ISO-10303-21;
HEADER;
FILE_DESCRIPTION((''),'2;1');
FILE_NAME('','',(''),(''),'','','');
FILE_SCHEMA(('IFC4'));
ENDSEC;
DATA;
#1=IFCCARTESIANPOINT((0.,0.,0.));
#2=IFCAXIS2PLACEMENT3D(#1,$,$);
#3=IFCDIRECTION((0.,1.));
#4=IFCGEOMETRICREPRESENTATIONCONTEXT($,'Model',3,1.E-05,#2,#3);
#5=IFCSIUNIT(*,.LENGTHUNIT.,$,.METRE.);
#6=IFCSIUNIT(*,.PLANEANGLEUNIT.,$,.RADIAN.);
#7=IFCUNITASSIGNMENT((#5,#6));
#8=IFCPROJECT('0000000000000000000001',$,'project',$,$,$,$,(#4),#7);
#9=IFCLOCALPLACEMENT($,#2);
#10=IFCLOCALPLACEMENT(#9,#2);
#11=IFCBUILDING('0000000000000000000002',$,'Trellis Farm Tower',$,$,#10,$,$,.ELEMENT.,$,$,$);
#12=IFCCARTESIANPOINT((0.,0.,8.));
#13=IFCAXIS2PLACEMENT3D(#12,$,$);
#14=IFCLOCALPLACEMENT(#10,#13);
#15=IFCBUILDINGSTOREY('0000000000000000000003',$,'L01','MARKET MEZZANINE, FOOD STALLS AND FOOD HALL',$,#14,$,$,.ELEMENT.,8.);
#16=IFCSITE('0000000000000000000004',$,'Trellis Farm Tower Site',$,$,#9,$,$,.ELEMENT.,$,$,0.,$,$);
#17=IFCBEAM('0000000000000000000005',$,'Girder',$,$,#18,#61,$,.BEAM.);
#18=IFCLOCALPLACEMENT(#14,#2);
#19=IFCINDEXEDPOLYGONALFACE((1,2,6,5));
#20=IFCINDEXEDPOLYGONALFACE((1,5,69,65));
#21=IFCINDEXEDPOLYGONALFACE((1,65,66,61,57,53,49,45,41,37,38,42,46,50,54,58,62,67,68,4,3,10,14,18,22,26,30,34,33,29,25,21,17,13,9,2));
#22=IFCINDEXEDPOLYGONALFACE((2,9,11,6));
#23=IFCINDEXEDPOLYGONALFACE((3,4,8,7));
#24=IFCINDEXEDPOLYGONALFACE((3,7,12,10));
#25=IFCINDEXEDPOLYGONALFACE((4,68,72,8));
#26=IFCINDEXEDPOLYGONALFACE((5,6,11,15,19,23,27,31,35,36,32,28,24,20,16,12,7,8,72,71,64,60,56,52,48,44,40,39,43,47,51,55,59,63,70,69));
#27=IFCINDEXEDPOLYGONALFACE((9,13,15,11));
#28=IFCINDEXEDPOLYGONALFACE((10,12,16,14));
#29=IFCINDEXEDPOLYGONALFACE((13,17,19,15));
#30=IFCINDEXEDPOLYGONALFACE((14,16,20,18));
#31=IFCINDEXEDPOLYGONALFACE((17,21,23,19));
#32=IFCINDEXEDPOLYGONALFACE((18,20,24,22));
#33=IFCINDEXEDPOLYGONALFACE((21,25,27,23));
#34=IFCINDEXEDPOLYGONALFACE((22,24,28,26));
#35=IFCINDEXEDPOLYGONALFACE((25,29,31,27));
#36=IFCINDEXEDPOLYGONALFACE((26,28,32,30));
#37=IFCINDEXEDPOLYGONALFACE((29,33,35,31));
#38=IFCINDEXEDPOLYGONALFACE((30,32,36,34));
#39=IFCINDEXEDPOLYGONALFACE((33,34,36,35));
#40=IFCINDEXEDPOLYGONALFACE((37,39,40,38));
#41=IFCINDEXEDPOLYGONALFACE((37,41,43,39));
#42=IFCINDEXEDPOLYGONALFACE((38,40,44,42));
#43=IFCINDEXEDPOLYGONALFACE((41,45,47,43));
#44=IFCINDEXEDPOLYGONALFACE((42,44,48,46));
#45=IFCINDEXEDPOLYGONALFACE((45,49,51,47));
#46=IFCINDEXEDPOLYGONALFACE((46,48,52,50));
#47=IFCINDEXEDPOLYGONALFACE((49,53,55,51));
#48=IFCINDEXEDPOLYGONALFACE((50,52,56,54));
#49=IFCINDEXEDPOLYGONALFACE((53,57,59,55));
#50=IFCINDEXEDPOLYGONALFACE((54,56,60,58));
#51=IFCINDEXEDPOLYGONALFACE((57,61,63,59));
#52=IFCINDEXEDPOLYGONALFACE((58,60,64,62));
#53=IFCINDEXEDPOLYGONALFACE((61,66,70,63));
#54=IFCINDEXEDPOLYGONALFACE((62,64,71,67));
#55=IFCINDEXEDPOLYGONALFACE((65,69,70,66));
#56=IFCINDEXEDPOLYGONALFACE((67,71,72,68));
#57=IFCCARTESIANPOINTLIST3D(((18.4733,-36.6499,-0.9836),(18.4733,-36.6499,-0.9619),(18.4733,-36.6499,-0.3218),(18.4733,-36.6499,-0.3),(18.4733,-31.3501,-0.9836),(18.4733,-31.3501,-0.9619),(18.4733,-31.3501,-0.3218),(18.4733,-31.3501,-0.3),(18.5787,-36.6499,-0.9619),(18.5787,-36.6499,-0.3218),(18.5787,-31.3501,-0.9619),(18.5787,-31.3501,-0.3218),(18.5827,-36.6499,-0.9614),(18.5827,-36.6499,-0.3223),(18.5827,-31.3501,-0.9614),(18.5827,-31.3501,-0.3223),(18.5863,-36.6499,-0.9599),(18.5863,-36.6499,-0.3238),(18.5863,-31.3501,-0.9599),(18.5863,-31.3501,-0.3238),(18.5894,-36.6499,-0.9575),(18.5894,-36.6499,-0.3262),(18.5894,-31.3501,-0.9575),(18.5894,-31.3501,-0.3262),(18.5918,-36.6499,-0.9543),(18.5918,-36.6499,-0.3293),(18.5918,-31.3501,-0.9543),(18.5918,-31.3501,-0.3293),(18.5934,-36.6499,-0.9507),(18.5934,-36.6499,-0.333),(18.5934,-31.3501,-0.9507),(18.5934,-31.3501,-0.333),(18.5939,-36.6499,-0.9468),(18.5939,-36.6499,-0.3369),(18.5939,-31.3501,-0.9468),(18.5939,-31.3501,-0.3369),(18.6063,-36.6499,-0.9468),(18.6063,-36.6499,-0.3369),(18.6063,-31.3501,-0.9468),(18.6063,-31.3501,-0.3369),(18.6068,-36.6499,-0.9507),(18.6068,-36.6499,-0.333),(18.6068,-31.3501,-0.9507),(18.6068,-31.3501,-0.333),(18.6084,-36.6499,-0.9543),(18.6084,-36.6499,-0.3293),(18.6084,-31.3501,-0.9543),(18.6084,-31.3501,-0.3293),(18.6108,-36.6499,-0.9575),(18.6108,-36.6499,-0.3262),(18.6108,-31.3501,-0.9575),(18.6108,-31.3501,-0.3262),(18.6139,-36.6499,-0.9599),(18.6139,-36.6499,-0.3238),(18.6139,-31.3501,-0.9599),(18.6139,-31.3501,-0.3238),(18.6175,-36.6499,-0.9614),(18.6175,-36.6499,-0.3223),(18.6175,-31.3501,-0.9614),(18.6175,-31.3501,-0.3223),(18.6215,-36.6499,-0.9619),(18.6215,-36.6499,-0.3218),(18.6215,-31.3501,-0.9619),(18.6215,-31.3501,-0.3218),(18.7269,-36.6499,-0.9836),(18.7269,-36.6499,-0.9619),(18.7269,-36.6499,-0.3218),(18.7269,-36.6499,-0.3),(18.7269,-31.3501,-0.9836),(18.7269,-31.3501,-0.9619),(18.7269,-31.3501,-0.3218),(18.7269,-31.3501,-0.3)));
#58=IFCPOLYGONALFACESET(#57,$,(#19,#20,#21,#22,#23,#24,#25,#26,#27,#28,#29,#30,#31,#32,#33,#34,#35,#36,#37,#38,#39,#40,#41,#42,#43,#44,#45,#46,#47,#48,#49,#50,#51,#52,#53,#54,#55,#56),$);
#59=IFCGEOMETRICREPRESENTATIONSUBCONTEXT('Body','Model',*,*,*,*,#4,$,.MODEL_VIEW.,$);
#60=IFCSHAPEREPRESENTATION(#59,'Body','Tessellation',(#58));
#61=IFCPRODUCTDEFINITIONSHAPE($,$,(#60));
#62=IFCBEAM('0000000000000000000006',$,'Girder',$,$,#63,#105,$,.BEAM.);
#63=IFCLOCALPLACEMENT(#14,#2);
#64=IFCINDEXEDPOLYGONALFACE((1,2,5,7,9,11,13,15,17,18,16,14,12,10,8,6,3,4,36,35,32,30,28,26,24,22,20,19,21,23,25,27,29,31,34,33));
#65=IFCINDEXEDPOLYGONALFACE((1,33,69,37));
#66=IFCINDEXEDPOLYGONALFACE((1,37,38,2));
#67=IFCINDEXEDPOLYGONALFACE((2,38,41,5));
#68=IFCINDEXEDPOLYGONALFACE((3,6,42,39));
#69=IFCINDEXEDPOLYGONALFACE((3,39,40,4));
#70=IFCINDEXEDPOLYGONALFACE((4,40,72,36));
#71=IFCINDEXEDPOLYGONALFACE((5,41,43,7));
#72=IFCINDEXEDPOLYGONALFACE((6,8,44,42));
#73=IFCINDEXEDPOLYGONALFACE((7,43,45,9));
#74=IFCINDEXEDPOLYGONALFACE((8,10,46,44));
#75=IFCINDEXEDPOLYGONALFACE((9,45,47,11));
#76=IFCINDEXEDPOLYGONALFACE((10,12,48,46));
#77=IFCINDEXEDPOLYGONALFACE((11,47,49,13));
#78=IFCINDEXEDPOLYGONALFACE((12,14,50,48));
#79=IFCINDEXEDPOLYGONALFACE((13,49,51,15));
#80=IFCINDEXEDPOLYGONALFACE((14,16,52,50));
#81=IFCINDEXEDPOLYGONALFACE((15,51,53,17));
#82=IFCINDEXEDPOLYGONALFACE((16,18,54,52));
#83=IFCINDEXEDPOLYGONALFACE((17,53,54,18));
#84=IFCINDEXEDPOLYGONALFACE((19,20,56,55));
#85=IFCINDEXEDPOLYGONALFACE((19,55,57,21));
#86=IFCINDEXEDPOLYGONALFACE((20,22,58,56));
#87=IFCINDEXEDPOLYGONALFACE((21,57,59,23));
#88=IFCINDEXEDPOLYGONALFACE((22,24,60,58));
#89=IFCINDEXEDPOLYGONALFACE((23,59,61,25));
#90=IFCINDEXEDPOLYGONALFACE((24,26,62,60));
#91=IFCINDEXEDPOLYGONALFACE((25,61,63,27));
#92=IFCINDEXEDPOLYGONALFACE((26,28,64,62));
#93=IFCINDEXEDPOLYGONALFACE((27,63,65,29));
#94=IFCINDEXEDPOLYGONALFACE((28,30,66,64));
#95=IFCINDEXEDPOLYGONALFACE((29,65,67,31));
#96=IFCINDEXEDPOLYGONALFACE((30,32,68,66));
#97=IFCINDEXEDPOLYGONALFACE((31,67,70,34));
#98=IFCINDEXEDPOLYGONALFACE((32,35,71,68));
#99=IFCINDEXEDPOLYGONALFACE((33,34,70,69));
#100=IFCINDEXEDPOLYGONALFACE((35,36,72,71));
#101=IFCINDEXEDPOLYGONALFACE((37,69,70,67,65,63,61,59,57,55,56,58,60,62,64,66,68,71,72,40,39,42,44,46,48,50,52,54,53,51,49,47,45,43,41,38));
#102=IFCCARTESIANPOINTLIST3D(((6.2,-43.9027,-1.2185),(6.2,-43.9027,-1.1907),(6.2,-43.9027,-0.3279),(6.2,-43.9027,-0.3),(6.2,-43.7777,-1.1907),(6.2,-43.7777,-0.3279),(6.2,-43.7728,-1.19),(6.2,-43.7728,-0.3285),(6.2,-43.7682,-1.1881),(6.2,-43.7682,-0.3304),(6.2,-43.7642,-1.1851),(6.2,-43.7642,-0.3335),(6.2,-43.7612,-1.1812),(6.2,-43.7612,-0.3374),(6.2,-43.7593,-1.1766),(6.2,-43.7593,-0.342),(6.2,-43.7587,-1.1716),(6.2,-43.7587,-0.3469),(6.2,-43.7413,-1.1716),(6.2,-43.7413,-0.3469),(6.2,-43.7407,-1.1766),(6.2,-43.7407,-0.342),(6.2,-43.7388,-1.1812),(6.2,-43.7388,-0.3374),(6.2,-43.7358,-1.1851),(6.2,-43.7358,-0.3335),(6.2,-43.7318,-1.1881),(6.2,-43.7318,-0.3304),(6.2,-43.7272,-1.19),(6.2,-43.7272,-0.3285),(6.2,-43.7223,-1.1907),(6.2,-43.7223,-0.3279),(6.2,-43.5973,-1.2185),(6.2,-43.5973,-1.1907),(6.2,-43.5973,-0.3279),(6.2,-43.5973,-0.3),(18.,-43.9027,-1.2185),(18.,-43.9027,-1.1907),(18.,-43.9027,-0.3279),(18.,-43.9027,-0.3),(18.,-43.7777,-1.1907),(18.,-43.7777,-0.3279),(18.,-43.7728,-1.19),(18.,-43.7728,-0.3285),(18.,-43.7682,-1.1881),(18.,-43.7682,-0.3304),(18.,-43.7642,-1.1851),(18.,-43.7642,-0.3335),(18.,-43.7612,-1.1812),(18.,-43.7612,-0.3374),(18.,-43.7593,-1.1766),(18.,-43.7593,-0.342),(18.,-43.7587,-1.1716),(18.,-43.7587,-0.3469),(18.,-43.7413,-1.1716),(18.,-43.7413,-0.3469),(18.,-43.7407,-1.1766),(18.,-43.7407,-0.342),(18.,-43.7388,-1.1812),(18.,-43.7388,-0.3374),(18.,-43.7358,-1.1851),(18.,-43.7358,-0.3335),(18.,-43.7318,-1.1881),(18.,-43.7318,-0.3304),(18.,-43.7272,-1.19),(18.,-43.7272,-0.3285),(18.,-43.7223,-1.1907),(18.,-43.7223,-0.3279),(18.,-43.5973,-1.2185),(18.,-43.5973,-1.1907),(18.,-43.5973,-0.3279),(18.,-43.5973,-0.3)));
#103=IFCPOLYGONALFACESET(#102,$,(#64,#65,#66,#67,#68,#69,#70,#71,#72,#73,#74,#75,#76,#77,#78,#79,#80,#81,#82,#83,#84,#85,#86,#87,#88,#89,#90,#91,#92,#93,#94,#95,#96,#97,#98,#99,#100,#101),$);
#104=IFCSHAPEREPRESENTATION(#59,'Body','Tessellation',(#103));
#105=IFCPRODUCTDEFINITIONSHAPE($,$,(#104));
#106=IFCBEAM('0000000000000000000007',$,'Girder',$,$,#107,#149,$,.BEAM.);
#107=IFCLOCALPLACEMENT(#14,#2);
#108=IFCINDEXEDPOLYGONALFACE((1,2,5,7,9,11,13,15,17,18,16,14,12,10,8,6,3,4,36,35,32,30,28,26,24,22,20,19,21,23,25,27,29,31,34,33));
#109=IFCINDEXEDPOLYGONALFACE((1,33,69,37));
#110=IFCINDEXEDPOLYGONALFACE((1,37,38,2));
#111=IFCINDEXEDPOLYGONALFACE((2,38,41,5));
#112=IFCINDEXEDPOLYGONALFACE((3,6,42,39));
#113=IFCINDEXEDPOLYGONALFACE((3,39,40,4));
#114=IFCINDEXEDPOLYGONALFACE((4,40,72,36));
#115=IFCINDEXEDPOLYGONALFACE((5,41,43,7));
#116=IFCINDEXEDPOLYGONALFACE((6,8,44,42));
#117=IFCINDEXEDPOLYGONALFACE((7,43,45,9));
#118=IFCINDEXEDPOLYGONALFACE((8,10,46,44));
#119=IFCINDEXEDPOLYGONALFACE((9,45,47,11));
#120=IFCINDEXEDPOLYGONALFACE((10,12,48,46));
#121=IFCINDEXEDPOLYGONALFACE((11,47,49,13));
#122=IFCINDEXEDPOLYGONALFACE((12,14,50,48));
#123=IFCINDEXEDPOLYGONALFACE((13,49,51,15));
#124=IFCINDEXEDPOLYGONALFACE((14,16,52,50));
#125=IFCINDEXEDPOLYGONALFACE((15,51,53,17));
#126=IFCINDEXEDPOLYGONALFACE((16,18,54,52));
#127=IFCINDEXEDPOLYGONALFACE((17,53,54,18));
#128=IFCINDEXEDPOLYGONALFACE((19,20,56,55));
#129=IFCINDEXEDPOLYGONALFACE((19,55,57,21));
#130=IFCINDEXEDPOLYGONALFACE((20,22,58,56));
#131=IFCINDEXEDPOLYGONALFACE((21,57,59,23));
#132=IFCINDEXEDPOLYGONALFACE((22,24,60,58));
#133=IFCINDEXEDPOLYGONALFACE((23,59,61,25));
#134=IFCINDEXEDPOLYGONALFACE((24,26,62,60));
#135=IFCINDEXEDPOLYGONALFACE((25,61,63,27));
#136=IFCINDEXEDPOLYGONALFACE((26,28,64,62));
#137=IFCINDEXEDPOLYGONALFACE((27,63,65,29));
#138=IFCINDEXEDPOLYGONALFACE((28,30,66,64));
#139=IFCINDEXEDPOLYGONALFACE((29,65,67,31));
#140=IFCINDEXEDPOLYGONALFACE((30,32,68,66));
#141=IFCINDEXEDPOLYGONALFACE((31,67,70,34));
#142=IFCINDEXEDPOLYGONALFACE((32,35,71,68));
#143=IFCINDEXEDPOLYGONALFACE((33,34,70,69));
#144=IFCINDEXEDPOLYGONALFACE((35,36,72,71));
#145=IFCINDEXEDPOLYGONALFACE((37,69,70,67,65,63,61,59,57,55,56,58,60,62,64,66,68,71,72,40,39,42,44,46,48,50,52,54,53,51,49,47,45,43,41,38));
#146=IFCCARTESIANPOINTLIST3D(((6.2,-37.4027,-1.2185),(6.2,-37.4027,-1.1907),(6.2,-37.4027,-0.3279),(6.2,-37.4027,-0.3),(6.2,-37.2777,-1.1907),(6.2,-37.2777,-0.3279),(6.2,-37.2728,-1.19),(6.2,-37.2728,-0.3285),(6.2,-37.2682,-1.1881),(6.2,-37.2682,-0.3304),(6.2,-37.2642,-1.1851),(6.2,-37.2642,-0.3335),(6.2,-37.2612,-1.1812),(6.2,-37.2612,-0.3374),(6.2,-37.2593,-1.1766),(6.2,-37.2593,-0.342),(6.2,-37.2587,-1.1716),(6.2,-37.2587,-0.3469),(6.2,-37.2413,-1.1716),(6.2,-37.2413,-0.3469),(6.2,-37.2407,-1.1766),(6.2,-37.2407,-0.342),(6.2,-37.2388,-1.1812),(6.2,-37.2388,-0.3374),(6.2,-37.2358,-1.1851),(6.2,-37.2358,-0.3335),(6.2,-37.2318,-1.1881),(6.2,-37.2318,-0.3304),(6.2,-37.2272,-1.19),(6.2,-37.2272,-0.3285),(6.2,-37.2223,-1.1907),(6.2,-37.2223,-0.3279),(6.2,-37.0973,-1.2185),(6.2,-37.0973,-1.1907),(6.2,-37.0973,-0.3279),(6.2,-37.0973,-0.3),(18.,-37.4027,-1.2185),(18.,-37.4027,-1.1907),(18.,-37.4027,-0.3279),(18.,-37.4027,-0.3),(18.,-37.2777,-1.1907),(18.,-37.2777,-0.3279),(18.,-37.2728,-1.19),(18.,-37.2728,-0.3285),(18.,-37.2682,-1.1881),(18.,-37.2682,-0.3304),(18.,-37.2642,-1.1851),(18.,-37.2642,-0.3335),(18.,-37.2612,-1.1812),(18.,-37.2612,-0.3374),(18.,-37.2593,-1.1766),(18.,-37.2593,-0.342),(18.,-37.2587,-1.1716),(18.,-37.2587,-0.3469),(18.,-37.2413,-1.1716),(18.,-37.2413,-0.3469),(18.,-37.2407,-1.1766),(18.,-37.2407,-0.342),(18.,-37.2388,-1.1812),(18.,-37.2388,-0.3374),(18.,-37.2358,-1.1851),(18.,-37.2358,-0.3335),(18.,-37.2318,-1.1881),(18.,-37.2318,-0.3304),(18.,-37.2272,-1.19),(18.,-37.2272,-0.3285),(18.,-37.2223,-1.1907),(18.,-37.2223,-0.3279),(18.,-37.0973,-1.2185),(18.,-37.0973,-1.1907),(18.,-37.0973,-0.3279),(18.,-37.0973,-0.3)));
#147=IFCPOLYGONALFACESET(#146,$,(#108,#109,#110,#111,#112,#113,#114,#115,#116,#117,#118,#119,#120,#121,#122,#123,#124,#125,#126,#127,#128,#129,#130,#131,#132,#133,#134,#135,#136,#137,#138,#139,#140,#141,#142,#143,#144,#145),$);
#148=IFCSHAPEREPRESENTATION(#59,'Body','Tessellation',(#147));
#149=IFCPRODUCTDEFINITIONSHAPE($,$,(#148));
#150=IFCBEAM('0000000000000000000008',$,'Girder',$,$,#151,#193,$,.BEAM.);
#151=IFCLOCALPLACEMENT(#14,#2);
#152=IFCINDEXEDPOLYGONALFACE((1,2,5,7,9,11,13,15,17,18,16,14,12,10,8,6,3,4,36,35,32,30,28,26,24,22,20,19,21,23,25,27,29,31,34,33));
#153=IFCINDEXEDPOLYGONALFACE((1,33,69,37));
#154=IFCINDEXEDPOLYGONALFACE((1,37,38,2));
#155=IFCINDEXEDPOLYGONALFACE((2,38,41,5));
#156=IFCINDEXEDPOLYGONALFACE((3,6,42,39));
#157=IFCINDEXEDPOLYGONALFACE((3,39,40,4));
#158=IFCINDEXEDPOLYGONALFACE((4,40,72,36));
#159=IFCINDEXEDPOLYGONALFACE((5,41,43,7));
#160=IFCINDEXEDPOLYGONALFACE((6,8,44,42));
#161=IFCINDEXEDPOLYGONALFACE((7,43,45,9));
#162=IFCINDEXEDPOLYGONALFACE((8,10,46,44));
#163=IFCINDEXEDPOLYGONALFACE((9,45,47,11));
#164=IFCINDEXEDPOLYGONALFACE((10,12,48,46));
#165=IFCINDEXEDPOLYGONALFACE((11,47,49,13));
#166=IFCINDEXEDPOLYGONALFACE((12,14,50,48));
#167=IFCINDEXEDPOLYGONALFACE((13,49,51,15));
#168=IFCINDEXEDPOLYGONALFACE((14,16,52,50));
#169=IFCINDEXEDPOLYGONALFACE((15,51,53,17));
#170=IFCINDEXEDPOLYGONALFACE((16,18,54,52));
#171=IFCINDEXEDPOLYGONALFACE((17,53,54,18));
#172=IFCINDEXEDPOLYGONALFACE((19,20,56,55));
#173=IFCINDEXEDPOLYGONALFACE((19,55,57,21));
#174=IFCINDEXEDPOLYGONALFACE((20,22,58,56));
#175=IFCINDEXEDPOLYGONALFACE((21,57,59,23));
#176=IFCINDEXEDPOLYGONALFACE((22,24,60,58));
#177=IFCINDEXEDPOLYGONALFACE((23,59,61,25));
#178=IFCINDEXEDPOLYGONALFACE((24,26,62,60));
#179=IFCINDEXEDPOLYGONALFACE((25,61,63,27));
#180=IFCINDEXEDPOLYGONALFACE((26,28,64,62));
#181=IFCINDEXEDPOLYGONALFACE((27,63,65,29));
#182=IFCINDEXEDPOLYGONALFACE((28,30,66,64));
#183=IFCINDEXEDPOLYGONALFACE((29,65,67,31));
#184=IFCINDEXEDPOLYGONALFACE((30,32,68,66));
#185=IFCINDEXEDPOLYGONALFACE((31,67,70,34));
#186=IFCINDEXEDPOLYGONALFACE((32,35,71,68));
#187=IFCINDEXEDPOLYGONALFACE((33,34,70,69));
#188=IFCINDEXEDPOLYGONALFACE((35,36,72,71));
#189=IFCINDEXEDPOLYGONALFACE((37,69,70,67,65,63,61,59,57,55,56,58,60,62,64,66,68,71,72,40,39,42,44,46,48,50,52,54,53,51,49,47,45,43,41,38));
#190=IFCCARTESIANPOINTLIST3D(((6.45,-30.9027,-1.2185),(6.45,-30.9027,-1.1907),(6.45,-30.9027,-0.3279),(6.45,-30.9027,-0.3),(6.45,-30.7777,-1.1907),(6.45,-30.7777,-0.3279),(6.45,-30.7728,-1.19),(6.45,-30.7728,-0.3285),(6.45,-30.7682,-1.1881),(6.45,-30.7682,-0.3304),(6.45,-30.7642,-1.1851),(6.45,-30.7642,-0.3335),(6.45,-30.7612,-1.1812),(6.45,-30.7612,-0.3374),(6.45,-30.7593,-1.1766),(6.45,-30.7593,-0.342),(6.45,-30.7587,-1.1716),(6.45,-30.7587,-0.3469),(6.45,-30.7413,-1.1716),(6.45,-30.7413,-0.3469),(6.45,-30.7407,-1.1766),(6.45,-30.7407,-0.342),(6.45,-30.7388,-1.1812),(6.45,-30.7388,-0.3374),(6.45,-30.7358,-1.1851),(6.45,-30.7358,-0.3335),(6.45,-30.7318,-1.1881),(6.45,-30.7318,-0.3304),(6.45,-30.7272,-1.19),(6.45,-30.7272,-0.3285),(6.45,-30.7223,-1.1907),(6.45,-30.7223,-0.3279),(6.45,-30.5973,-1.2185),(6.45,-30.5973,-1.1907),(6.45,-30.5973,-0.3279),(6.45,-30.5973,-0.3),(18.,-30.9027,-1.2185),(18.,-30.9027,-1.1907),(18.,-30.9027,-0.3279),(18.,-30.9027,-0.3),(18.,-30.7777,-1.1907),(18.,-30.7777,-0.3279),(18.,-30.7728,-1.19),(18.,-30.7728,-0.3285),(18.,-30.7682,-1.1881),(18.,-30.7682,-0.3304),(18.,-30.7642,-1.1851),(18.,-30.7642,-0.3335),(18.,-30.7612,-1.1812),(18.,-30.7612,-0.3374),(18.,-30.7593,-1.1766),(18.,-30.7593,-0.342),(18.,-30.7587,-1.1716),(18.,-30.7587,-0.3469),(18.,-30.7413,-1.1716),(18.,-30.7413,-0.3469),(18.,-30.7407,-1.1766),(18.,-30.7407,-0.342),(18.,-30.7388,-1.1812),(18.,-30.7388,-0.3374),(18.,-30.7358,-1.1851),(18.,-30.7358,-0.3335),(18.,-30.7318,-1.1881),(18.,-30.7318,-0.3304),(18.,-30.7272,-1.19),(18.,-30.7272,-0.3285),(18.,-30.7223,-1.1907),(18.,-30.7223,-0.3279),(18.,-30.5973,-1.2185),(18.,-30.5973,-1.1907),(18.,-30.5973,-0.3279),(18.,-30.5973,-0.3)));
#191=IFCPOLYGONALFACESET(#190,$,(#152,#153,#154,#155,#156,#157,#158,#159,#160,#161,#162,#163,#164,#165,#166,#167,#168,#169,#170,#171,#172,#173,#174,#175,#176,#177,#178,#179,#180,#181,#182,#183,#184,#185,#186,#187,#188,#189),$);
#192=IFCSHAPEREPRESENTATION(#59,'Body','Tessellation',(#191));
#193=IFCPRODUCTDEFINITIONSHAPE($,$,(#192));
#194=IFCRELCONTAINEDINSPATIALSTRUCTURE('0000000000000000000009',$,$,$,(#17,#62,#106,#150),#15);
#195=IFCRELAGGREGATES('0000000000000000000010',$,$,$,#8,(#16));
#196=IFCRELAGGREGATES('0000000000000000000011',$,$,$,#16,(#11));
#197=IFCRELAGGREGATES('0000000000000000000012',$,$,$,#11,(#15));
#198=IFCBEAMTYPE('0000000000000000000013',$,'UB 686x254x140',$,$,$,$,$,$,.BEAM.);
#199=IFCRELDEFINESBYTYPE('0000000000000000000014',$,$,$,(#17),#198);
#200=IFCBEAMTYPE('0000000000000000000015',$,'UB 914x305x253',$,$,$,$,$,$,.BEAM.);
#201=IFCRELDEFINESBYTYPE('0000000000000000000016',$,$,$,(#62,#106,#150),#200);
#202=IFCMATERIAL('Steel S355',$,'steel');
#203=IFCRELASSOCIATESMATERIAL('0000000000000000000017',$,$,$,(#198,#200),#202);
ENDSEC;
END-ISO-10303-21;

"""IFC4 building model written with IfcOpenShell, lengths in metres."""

from ifc_helpers import new_model, si_unit, direction, frame, origin, origin_2d, place, context, subcontext, project, spatial, i_section, extrude, source, transform, mapped, material, material_profile, profile_set, type_object, element, save


model = new_model("IFC4")

# Units and contexts
model_context = context("Model", 3, precision=1e-05, world=origin(), true_north=direction((0.0, 1.0)))
body_context = subcontext(model_context, "Body", "Model", "MODEL_VIEW")
ifc_project = project(units=[si_unit("LENGTHUNIT", "METRE"), si_unit("PLANEANGLEUNIT", "RADIAN")], contexts=[model_context])

# Site, building, storey
site_placement = place(None, origin())
site = spatial("IfcSite", under=ifc_project, at=site_placement, Name="Trellis Farm Tower Site", CompositionType="ELEMENT", RefElevation=0.0)
building_placement = place(site_placement, origin())
building = spatial("IfcBuilding", under=site, at=building_placement, Name="Trellis Farm Tower", CompositionType="ELEMENT")
storey_placement = place(building_placement, frame((0.0, 0.0, 8.0)))
storey = spatial("IfcBuildingStorey", under=building, at=storey_placement, Name="L01", Description="MARKET MEZZANINE, FOOD STALLS AND FOOD HALL", CompositionType="ELEMENT", Elevation=8.0)

# Beams
ifc_material_1 = material(Name="Steel S355", Category="steel")
ifc_material_profile_1 = material_profile(ifc_material_1, i_section(OverallWidth=0.2537, OverallDepth=0.6836, WebThickness=0.0125, FlangeThickness=0.0217, FilletRadius=0.0151, at=origin_2d()), Name="UB 686x254x140")
ifc_profile_set_1 = profile_set([ifc_material_profile_1], Name="Steel S355")
beam_type_1 = type_object("IfcBeamType", Name="UB 686x254x140", PredefinedType="BEAM", material=ifc_profile_set_1)
shared_shape_1 = source(origin(), body_context, "Body", "SweptSolid", [
    extrude(i_section(OverallWidth=0.2537, OverallDepth=0.6836, WebThickness=0.0125, FlangeThickness=0.0217, FilletRadius=0.0151, at=origin_2d()), origin(), (0.0, 0.0, 1.0), 5.2998),
])
for number, where, z_axis, x_axis, name in (
    (1, (18.6001, -36.6499, -0.6418), (0.0, 1.0, 0.0), (-1.0, 0.0, 0.0), "Girder"),
):
    element("IfcBeam", number, at=place(storey_placement, frame(where, z_axis=z_axis, x_axis=x_axis)), inside=storey, type_object=beam_type_1, Name=name, PredefinedType="BEAM", context=body_context, shape_type="MappedRepresentation", body=[
        mapped(shared_shape_1, transform((0.0, 0.0, 0.0))),
    ])
ifc_material_profile_2 = material_profile(ifc_material_1, i_section(OverallWidth=0.3054, OverallDepth=0.9185, WebThickness=0.0173, FlangeThickness=0.0278, FilletRadius=0.019, at=origin_2d()), Name="UB 914x305x253")
ifc_profile_set_2 = profile_set([ifc_material_profile_2], Name="Steel S355")
beam_type_2 = type_object("IfcBeamType", Name="UB 914x305x253", PredefinedType="BEAM", material=ifc_profile_set_2)
shared_shape_2 = source(origin(), body_context, "Body", "SweptSolid", [
    extrude(i_section(OverallWidth=0.3054, OverallDepth=0.9185, WebThickness=0.0173, FlangeThickness=0.0278, FilletRadius=0.019, at=origin_2d()), origin(), (0.0, 0.0, 1.0), 11.8),
])
for number, where, z_axis, x_axis, name in (
    (2, (6.2, -43.75, -0.7593), (1.0, 0.0, 0.0), (0.0, 1.0, 0.0), "Girder"),
    (3, (6.2, -37.25, -0.7593), (1.0, 0.0, 0.0), (0.0, 1.0, 0.0), "Girder"),
):
    element("IfcBeam", number, at=place(storey_placement, frame(where, z_axis=z_axis, x_axis=x_axis)), inside=storey, type_object=beam_type_2, Name=name, PredefinedType="BEAM", context=body_context, shape_type="MappedRepresentation", body=[
        mapped(shared_shape_2, transform((0.0, 0.0, 0.0))),
    ])
shared_shape_3 = source(origin(), body_context, "Body", "SweptSolid", [
    extrude(i_section(OverallWidth=0.3054, OverallDepth=0.9185, WebThickness=0.0173, FlangeThickness=0.0278, FilletRadius=0.019, at=origin_2d()), origin(), (0.0, 0.0, 1.0), 11.55),
])
beam_1_placement = place(storey_placement, frame((6.45, -30.75, -0.7593), z_axis=(1.0, 0.0, 0.0), x_axis=(0.0, 1.0, 0.0)))
element("IfcBeam", 4, at=beam_1_placement, inside=storey, type_object=beam_type_2, Name="Girder", PredefinedType="BEAM", context=body_context, shape_type="MappedRepresentation", body=[
    mapped(shared_shape_3, transform((0.0, 0.0, 0.0))),
])

save(model, "model.ifc")
